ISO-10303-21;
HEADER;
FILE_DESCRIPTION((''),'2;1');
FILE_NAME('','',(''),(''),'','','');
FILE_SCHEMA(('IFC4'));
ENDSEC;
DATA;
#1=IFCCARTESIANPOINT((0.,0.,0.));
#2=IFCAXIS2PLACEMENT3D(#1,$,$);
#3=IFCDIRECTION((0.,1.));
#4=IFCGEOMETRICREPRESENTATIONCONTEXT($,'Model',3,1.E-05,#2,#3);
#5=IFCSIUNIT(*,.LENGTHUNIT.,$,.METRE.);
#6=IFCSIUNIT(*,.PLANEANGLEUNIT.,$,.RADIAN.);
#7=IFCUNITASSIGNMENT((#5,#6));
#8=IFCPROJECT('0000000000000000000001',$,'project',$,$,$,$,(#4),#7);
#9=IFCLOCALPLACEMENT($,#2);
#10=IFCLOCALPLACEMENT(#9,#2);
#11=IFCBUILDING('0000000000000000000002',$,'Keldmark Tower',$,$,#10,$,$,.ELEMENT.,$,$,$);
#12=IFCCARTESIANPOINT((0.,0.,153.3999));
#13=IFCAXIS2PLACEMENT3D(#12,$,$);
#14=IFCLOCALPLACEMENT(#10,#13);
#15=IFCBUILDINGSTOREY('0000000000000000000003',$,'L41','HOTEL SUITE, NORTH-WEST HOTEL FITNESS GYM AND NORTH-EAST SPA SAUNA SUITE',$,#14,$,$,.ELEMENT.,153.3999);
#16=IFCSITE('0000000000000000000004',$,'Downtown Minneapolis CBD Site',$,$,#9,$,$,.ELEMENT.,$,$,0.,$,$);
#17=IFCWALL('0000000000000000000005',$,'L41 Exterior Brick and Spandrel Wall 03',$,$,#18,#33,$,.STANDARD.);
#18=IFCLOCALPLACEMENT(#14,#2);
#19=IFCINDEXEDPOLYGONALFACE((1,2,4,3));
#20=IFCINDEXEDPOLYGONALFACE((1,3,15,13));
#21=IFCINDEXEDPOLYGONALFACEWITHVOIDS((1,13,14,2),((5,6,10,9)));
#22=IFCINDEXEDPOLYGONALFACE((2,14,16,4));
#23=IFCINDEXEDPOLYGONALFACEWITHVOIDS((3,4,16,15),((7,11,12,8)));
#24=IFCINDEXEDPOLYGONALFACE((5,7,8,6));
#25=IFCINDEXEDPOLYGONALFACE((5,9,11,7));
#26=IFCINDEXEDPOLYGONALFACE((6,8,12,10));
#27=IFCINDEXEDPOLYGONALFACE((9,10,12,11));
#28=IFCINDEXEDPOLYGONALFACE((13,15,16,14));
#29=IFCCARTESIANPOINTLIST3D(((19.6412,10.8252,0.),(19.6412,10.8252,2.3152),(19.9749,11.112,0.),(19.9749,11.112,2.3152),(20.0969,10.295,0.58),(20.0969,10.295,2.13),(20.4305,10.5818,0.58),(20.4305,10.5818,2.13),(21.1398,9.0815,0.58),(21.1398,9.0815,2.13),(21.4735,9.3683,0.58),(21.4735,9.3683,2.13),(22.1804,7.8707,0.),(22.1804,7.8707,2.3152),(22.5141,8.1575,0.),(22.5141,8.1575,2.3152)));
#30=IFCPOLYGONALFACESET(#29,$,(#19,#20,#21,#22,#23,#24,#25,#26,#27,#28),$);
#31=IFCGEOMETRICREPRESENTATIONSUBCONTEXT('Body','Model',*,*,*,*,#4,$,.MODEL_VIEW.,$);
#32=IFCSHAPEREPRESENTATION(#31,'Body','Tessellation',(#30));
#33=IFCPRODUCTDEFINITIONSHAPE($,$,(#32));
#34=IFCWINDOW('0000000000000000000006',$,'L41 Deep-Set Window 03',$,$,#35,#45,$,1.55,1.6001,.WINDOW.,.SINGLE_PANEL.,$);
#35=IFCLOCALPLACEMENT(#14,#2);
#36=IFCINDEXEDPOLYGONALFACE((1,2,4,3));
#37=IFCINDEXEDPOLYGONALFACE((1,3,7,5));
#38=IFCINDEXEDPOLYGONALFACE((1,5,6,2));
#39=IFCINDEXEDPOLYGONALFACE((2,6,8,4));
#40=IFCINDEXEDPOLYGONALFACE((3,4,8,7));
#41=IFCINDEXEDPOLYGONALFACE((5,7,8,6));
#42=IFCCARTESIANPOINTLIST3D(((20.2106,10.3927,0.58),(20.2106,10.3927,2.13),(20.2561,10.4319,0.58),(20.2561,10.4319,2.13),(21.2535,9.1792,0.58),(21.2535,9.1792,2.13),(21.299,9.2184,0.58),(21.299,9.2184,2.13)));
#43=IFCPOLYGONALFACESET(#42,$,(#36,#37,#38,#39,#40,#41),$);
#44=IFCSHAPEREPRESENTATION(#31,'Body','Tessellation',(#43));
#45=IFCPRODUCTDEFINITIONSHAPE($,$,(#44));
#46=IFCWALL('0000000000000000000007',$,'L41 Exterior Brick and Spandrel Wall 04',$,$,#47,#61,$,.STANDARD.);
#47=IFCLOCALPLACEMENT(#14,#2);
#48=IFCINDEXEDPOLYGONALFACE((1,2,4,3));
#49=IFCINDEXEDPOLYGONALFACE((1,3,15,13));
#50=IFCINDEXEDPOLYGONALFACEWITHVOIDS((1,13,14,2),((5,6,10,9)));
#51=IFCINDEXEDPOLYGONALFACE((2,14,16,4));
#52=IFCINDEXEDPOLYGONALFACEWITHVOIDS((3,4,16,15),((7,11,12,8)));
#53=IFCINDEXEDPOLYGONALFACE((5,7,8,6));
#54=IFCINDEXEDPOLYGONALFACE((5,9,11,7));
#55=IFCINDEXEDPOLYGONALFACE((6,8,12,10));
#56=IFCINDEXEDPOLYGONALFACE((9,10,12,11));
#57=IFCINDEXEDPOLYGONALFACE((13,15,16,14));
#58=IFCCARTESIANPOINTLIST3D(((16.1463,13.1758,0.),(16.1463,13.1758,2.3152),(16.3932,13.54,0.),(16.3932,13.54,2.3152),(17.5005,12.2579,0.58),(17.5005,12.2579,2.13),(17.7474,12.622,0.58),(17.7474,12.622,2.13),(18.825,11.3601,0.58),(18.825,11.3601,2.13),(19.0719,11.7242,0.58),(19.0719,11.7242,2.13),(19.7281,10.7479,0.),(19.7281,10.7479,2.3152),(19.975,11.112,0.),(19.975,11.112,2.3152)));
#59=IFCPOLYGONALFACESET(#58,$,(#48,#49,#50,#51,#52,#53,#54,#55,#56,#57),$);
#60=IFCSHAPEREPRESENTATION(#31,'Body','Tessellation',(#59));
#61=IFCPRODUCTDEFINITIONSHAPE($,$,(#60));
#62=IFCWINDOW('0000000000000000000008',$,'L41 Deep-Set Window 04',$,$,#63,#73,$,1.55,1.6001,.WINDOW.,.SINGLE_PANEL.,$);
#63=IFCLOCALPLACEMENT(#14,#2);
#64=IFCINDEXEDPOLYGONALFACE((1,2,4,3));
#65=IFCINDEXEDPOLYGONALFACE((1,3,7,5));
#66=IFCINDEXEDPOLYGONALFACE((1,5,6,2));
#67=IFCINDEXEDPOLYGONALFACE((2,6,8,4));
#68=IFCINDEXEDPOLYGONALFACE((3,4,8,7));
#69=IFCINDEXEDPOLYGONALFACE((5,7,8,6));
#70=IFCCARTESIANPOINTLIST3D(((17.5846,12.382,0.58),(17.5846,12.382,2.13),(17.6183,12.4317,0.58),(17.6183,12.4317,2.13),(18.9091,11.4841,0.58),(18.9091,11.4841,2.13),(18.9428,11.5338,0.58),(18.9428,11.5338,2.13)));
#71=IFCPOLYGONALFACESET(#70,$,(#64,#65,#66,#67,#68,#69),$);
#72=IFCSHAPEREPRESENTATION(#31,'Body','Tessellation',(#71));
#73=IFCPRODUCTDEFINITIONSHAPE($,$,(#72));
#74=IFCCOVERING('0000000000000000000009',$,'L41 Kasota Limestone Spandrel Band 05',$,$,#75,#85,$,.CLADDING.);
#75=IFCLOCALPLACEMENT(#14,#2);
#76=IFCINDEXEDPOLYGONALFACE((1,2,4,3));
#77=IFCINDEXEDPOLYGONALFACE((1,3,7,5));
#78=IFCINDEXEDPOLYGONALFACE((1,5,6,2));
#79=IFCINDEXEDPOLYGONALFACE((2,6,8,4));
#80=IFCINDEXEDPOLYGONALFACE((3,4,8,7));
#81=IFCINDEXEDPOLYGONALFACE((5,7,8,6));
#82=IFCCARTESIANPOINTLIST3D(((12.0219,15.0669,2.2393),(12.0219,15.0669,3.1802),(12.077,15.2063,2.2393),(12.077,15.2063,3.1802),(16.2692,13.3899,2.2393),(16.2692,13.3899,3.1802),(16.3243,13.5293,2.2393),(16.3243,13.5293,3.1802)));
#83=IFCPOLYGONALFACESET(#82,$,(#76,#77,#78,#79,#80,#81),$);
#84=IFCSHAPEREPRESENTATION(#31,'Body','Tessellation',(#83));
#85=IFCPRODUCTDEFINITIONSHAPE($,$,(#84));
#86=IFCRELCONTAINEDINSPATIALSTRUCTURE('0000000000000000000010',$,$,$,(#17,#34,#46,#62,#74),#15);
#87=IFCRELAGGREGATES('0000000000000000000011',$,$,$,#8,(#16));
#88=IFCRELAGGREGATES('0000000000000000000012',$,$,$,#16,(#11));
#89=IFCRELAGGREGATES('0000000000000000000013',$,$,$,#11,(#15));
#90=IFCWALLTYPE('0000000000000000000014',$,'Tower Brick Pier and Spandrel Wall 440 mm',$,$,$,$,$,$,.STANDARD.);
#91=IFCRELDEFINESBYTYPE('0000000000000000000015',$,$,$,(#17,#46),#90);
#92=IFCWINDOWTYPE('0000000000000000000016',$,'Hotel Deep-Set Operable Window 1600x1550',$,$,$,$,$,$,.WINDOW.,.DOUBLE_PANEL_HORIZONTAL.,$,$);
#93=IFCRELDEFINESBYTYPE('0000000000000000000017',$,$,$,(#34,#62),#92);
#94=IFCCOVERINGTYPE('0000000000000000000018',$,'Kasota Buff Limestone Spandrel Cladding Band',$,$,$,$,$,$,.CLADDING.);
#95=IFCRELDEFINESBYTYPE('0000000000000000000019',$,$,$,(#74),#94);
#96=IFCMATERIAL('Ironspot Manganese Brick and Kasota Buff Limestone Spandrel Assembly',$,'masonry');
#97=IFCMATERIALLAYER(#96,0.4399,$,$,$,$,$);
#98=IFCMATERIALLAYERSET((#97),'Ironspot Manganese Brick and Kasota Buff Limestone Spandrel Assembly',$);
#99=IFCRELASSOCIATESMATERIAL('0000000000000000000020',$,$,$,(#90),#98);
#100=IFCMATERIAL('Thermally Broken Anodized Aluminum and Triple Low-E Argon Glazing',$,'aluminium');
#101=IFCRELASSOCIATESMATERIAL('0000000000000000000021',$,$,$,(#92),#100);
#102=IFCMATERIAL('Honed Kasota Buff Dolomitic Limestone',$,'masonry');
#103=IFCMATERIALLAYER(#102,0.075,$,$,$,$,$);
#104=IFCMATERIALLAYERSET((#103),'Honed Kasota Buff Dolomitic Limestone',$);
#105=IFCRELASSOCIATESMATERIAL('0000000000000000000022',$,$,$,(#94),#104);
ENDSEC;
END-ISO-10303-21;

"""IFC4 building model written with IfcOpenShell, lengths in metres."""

from ifc_helpers import new_model, si_unit, direction, frame, frame_2d, origin, origin_2d, place, context, subcontext, project, spatial, rectangle, extrude, material, layer, layer_set, type_object, element, fill, save


model = new_model("IFC4")

# Units and contexts
model_context = context("Model", 3, precision=1e-05, world=origin(), true_north=direction((0.0, 1.0)))
body_context = subcontext(model_context, "Body", "Model", "MODEL_VIEW")
ifc_project = project(units=[si_unit("LENGTHUNIT", "METRE"), si_unit("PLANEANGLEUNIT", "RADIAN")], contexts=[model_context])

# Site, building, storey
site_placement = place(None, origin())
site = spatial("IfcSite", under=ifc_project, at=site_placement, Name="Downtown Minneapolis CBD Site", CompositionType="ELEMENT", RefElevation=0.0)
building_placement = place(site_placement, origin())
building = spatial("IfcBuilding", under=site, at=building_placement, Name="Keldmark Tower", CompositionType="ELEMENT")
storey_placement = place(building_placement, frame((0.0, 0.0, 153.3999)))
storey = spatial("IfcBuildingStorey", under=building, at=storey_placement, Name="L41", Description="HOTEL SUITE, NORTH-WEST HOTEL FITNESS GYM AND NORTH-EAST SPA SAUNA SUITE", CompositionType="ELEMENT", Elevation=153.3999)

# Walls, openings, windows
ifc_material_1 = material(Name="Ironspot Manganese Brick and Kasota Buff Limestone Spandrel Assembly", Category="masonry")
ifc_layer_1 = layer(ifc_material_1, 0.4399)
ifc_layer_set_1 = layer_set([ifc_layer_1], Name="Ironspot Manganese Brick and Kasota Buff Limestone Spandrel Assembly")
wall_type = type_object("IfcWallType", Name="Tower Brick Pier and Spandrel Wall 440 mm", PredefinedType="STANDARD", material=ifc_layer_set_1)
ifc_material_2 = material(Name="Thermally Broken Anodized Aluminum and Triple Low-E Argon Glazing", Category="aluminium")
window_type = type_object("IfcWindowType", Name="Hotel Deep-Set Operable Window 1600x1550", PartitioningType="DOUBLE_PANEL_HORIZONTAL", PredefinedType="WINDOW", material=ifc_material_2)
wall_1_placement = place(storey_placement, frame((19.8081, 10.9685, 0.0), z_axis=(0.0, 0.0, 1.0), x_axis=(0.651797, -0.758393, 0.0)))
wall_1 = element("IfcWall", 1, at=wall_1_placement, inside=storey, type_object=wall_type, Name="L41 Exterior Brick and Spandrel Wall 03", PredefinedType="STANDARD", context=body_context, shape_type="SweptSolid", body=[
    extrude(rectangle(XDim=3.8958, YDim=0.4399, at=frame_2d((1.9478, 0.0))), origin(), (0.0, 0.0, 1.0), 2.3152),
])
opening_1_placement = place(wall_1_placement, frame((0.699, 0.0, 0.5801)))
opening_1 = element("IfcOpeningElement", 2, at=opening_1_placement, cuts=wall_1, PredefinedType="OPENING", context=body_context, shape_type="SweptSolid", body=[
    extrude(rectangle(XDim=1.6001, YDim=1.55, at=frame_2d((0.8, 0.7749))), frame((0.0, 0.23, 0.0), z_axis=(0.0, -1.0, 0.0), x_axis=(1.0, 0.0, 0.0)), (0.0, 0.0, 1.0), 0.46),
])
window_1_placement = place(opening_1_placement, origin())
window_1 = element("IfcWindow", 3, at=window_1_placement, inside=storey, type_object=window_type, Name="L41 Deep-Set Window 03", OverallHeight=1.55, OverallWidth=1.6001, PartitioningType="SINGLE_PANEL", PredefinedType="WINDOW", context=body_context, shape_type="SweptSolid", body=[
    extrude(rectangle(XDim=1.6001, YDim=1.55, at=frame_2d((0.8, 0.7749))), frame((0.0, -0.01, 0.0), z_axis=(0.0, -1.0, 0.0), x_axis=(1.0, 0.0, 0.0)), (0.0, 0.0, 1.0), 0.0601),
])
fill(opening_1, window_1)
wall_2_placement = place(storey_placement, frame((16.2698, 13.3579, 0.0), z_axis=(0.0, 0.0, 1.0), x_axis=(0.827746, -0.561103, 0.0)))
wall_2 = element("IfcWall", 4, at=wall_2_placement, inside=storey, type_object=wall_type, Name="L41 Exterior Brick and Spandrel Wall 04", PredefinedType="STANDARD", context=body_context, shape_type="SweptSolid", body=[
    extrude(rectangle(XDim=4.3271, YDim=0.4399, at=frame_2d((2.1636, 0.0))), origin(), (0.0, 0.0, 1.0), 2.3152),
])
opening_2_placement = place(wall_2_placement, frame((1.636, 0.0, 0.5801)))
opening_2 = element("IfcOpeningElement", 5, at=opening_2_placement, cuts=wall_2, PredefinedType="OPENING", context=body_context, shape_type="SweptSolid", body=[
    extrude(rectangle(XDim=1.6001, YDim=1.55, at=frame_2d((0.8, 0.7749))), frame((0.0, 0.23, 0.0), z_axis=(0.0, -1.0, 0.0), x_axis=(1.0, 0.0, 0.0)), (0.0, 0.0, 1.0), 0.46),
])
window_2_placement = place(opening_2_placement, origin())
window_2 = element("IfcWindow", 6, at=window_2_placement, inside=storey, type_object=window_type, Name="L41 Deep-Set Window 04", OverallHeight=1.55, OverallWidth=1.6001, PartitioningType="SINGLE_PANEL", PredefinedType="WINDOW", context=body_context, shape_type="SweptSolid", body=[
    extrude(rectangle(XDim=1.6001, YDim=1.55, at=frame_2d((0.8, 0.7749))), frame((0.0, -0.01, 0.0), z_axis=(0.0, -1.0, 0.0), x_axis=(1.0, 0.0, 0.0)), (0.0, 0.0, 1.0), 0.0601),
])
fill(opening_2, window_2)

# Covering
ifc_material_3 = material(Name="Honed Kasota Buff Dolomitic Limestone", Category="masonry")
ifc_layer_2 = layer(ifc_material_3, 0.075)
ifc_layer_set_2 = layer_set([ifc_layer_2], Name="Honed Kasota Buff Dolomitic Limestone")
covering_type = type_object("IfcCoveringType", Name="Kasota Buff Limestone Spandrel Cladding Band", PredefinedType="CLADDING", material=ifc_layer_set_2)
covering_placement = place(storey_placement, frame((14.1731, 14.2981, 2.2393), z_axis=(0.0, 0.0, 1.0), x_axis=(-0.930123, 0.367248, 0.0)))
element("IfcCovering", 7, at=covering_placement, inside=storey, type_object=covering_type, Name="L41 Kasota Limestone Spandrel Band 05", PredefinedType="CLADDING", context=body_context, shape_type="SweptSolid", body=[
    extrude(rectangle(XDim=4.5664, YDim=0.1499, at=origin_2d()), origin(), (0.0, 0.0, 1.0), 0.9409),
])

save(model, "model.ifc")
